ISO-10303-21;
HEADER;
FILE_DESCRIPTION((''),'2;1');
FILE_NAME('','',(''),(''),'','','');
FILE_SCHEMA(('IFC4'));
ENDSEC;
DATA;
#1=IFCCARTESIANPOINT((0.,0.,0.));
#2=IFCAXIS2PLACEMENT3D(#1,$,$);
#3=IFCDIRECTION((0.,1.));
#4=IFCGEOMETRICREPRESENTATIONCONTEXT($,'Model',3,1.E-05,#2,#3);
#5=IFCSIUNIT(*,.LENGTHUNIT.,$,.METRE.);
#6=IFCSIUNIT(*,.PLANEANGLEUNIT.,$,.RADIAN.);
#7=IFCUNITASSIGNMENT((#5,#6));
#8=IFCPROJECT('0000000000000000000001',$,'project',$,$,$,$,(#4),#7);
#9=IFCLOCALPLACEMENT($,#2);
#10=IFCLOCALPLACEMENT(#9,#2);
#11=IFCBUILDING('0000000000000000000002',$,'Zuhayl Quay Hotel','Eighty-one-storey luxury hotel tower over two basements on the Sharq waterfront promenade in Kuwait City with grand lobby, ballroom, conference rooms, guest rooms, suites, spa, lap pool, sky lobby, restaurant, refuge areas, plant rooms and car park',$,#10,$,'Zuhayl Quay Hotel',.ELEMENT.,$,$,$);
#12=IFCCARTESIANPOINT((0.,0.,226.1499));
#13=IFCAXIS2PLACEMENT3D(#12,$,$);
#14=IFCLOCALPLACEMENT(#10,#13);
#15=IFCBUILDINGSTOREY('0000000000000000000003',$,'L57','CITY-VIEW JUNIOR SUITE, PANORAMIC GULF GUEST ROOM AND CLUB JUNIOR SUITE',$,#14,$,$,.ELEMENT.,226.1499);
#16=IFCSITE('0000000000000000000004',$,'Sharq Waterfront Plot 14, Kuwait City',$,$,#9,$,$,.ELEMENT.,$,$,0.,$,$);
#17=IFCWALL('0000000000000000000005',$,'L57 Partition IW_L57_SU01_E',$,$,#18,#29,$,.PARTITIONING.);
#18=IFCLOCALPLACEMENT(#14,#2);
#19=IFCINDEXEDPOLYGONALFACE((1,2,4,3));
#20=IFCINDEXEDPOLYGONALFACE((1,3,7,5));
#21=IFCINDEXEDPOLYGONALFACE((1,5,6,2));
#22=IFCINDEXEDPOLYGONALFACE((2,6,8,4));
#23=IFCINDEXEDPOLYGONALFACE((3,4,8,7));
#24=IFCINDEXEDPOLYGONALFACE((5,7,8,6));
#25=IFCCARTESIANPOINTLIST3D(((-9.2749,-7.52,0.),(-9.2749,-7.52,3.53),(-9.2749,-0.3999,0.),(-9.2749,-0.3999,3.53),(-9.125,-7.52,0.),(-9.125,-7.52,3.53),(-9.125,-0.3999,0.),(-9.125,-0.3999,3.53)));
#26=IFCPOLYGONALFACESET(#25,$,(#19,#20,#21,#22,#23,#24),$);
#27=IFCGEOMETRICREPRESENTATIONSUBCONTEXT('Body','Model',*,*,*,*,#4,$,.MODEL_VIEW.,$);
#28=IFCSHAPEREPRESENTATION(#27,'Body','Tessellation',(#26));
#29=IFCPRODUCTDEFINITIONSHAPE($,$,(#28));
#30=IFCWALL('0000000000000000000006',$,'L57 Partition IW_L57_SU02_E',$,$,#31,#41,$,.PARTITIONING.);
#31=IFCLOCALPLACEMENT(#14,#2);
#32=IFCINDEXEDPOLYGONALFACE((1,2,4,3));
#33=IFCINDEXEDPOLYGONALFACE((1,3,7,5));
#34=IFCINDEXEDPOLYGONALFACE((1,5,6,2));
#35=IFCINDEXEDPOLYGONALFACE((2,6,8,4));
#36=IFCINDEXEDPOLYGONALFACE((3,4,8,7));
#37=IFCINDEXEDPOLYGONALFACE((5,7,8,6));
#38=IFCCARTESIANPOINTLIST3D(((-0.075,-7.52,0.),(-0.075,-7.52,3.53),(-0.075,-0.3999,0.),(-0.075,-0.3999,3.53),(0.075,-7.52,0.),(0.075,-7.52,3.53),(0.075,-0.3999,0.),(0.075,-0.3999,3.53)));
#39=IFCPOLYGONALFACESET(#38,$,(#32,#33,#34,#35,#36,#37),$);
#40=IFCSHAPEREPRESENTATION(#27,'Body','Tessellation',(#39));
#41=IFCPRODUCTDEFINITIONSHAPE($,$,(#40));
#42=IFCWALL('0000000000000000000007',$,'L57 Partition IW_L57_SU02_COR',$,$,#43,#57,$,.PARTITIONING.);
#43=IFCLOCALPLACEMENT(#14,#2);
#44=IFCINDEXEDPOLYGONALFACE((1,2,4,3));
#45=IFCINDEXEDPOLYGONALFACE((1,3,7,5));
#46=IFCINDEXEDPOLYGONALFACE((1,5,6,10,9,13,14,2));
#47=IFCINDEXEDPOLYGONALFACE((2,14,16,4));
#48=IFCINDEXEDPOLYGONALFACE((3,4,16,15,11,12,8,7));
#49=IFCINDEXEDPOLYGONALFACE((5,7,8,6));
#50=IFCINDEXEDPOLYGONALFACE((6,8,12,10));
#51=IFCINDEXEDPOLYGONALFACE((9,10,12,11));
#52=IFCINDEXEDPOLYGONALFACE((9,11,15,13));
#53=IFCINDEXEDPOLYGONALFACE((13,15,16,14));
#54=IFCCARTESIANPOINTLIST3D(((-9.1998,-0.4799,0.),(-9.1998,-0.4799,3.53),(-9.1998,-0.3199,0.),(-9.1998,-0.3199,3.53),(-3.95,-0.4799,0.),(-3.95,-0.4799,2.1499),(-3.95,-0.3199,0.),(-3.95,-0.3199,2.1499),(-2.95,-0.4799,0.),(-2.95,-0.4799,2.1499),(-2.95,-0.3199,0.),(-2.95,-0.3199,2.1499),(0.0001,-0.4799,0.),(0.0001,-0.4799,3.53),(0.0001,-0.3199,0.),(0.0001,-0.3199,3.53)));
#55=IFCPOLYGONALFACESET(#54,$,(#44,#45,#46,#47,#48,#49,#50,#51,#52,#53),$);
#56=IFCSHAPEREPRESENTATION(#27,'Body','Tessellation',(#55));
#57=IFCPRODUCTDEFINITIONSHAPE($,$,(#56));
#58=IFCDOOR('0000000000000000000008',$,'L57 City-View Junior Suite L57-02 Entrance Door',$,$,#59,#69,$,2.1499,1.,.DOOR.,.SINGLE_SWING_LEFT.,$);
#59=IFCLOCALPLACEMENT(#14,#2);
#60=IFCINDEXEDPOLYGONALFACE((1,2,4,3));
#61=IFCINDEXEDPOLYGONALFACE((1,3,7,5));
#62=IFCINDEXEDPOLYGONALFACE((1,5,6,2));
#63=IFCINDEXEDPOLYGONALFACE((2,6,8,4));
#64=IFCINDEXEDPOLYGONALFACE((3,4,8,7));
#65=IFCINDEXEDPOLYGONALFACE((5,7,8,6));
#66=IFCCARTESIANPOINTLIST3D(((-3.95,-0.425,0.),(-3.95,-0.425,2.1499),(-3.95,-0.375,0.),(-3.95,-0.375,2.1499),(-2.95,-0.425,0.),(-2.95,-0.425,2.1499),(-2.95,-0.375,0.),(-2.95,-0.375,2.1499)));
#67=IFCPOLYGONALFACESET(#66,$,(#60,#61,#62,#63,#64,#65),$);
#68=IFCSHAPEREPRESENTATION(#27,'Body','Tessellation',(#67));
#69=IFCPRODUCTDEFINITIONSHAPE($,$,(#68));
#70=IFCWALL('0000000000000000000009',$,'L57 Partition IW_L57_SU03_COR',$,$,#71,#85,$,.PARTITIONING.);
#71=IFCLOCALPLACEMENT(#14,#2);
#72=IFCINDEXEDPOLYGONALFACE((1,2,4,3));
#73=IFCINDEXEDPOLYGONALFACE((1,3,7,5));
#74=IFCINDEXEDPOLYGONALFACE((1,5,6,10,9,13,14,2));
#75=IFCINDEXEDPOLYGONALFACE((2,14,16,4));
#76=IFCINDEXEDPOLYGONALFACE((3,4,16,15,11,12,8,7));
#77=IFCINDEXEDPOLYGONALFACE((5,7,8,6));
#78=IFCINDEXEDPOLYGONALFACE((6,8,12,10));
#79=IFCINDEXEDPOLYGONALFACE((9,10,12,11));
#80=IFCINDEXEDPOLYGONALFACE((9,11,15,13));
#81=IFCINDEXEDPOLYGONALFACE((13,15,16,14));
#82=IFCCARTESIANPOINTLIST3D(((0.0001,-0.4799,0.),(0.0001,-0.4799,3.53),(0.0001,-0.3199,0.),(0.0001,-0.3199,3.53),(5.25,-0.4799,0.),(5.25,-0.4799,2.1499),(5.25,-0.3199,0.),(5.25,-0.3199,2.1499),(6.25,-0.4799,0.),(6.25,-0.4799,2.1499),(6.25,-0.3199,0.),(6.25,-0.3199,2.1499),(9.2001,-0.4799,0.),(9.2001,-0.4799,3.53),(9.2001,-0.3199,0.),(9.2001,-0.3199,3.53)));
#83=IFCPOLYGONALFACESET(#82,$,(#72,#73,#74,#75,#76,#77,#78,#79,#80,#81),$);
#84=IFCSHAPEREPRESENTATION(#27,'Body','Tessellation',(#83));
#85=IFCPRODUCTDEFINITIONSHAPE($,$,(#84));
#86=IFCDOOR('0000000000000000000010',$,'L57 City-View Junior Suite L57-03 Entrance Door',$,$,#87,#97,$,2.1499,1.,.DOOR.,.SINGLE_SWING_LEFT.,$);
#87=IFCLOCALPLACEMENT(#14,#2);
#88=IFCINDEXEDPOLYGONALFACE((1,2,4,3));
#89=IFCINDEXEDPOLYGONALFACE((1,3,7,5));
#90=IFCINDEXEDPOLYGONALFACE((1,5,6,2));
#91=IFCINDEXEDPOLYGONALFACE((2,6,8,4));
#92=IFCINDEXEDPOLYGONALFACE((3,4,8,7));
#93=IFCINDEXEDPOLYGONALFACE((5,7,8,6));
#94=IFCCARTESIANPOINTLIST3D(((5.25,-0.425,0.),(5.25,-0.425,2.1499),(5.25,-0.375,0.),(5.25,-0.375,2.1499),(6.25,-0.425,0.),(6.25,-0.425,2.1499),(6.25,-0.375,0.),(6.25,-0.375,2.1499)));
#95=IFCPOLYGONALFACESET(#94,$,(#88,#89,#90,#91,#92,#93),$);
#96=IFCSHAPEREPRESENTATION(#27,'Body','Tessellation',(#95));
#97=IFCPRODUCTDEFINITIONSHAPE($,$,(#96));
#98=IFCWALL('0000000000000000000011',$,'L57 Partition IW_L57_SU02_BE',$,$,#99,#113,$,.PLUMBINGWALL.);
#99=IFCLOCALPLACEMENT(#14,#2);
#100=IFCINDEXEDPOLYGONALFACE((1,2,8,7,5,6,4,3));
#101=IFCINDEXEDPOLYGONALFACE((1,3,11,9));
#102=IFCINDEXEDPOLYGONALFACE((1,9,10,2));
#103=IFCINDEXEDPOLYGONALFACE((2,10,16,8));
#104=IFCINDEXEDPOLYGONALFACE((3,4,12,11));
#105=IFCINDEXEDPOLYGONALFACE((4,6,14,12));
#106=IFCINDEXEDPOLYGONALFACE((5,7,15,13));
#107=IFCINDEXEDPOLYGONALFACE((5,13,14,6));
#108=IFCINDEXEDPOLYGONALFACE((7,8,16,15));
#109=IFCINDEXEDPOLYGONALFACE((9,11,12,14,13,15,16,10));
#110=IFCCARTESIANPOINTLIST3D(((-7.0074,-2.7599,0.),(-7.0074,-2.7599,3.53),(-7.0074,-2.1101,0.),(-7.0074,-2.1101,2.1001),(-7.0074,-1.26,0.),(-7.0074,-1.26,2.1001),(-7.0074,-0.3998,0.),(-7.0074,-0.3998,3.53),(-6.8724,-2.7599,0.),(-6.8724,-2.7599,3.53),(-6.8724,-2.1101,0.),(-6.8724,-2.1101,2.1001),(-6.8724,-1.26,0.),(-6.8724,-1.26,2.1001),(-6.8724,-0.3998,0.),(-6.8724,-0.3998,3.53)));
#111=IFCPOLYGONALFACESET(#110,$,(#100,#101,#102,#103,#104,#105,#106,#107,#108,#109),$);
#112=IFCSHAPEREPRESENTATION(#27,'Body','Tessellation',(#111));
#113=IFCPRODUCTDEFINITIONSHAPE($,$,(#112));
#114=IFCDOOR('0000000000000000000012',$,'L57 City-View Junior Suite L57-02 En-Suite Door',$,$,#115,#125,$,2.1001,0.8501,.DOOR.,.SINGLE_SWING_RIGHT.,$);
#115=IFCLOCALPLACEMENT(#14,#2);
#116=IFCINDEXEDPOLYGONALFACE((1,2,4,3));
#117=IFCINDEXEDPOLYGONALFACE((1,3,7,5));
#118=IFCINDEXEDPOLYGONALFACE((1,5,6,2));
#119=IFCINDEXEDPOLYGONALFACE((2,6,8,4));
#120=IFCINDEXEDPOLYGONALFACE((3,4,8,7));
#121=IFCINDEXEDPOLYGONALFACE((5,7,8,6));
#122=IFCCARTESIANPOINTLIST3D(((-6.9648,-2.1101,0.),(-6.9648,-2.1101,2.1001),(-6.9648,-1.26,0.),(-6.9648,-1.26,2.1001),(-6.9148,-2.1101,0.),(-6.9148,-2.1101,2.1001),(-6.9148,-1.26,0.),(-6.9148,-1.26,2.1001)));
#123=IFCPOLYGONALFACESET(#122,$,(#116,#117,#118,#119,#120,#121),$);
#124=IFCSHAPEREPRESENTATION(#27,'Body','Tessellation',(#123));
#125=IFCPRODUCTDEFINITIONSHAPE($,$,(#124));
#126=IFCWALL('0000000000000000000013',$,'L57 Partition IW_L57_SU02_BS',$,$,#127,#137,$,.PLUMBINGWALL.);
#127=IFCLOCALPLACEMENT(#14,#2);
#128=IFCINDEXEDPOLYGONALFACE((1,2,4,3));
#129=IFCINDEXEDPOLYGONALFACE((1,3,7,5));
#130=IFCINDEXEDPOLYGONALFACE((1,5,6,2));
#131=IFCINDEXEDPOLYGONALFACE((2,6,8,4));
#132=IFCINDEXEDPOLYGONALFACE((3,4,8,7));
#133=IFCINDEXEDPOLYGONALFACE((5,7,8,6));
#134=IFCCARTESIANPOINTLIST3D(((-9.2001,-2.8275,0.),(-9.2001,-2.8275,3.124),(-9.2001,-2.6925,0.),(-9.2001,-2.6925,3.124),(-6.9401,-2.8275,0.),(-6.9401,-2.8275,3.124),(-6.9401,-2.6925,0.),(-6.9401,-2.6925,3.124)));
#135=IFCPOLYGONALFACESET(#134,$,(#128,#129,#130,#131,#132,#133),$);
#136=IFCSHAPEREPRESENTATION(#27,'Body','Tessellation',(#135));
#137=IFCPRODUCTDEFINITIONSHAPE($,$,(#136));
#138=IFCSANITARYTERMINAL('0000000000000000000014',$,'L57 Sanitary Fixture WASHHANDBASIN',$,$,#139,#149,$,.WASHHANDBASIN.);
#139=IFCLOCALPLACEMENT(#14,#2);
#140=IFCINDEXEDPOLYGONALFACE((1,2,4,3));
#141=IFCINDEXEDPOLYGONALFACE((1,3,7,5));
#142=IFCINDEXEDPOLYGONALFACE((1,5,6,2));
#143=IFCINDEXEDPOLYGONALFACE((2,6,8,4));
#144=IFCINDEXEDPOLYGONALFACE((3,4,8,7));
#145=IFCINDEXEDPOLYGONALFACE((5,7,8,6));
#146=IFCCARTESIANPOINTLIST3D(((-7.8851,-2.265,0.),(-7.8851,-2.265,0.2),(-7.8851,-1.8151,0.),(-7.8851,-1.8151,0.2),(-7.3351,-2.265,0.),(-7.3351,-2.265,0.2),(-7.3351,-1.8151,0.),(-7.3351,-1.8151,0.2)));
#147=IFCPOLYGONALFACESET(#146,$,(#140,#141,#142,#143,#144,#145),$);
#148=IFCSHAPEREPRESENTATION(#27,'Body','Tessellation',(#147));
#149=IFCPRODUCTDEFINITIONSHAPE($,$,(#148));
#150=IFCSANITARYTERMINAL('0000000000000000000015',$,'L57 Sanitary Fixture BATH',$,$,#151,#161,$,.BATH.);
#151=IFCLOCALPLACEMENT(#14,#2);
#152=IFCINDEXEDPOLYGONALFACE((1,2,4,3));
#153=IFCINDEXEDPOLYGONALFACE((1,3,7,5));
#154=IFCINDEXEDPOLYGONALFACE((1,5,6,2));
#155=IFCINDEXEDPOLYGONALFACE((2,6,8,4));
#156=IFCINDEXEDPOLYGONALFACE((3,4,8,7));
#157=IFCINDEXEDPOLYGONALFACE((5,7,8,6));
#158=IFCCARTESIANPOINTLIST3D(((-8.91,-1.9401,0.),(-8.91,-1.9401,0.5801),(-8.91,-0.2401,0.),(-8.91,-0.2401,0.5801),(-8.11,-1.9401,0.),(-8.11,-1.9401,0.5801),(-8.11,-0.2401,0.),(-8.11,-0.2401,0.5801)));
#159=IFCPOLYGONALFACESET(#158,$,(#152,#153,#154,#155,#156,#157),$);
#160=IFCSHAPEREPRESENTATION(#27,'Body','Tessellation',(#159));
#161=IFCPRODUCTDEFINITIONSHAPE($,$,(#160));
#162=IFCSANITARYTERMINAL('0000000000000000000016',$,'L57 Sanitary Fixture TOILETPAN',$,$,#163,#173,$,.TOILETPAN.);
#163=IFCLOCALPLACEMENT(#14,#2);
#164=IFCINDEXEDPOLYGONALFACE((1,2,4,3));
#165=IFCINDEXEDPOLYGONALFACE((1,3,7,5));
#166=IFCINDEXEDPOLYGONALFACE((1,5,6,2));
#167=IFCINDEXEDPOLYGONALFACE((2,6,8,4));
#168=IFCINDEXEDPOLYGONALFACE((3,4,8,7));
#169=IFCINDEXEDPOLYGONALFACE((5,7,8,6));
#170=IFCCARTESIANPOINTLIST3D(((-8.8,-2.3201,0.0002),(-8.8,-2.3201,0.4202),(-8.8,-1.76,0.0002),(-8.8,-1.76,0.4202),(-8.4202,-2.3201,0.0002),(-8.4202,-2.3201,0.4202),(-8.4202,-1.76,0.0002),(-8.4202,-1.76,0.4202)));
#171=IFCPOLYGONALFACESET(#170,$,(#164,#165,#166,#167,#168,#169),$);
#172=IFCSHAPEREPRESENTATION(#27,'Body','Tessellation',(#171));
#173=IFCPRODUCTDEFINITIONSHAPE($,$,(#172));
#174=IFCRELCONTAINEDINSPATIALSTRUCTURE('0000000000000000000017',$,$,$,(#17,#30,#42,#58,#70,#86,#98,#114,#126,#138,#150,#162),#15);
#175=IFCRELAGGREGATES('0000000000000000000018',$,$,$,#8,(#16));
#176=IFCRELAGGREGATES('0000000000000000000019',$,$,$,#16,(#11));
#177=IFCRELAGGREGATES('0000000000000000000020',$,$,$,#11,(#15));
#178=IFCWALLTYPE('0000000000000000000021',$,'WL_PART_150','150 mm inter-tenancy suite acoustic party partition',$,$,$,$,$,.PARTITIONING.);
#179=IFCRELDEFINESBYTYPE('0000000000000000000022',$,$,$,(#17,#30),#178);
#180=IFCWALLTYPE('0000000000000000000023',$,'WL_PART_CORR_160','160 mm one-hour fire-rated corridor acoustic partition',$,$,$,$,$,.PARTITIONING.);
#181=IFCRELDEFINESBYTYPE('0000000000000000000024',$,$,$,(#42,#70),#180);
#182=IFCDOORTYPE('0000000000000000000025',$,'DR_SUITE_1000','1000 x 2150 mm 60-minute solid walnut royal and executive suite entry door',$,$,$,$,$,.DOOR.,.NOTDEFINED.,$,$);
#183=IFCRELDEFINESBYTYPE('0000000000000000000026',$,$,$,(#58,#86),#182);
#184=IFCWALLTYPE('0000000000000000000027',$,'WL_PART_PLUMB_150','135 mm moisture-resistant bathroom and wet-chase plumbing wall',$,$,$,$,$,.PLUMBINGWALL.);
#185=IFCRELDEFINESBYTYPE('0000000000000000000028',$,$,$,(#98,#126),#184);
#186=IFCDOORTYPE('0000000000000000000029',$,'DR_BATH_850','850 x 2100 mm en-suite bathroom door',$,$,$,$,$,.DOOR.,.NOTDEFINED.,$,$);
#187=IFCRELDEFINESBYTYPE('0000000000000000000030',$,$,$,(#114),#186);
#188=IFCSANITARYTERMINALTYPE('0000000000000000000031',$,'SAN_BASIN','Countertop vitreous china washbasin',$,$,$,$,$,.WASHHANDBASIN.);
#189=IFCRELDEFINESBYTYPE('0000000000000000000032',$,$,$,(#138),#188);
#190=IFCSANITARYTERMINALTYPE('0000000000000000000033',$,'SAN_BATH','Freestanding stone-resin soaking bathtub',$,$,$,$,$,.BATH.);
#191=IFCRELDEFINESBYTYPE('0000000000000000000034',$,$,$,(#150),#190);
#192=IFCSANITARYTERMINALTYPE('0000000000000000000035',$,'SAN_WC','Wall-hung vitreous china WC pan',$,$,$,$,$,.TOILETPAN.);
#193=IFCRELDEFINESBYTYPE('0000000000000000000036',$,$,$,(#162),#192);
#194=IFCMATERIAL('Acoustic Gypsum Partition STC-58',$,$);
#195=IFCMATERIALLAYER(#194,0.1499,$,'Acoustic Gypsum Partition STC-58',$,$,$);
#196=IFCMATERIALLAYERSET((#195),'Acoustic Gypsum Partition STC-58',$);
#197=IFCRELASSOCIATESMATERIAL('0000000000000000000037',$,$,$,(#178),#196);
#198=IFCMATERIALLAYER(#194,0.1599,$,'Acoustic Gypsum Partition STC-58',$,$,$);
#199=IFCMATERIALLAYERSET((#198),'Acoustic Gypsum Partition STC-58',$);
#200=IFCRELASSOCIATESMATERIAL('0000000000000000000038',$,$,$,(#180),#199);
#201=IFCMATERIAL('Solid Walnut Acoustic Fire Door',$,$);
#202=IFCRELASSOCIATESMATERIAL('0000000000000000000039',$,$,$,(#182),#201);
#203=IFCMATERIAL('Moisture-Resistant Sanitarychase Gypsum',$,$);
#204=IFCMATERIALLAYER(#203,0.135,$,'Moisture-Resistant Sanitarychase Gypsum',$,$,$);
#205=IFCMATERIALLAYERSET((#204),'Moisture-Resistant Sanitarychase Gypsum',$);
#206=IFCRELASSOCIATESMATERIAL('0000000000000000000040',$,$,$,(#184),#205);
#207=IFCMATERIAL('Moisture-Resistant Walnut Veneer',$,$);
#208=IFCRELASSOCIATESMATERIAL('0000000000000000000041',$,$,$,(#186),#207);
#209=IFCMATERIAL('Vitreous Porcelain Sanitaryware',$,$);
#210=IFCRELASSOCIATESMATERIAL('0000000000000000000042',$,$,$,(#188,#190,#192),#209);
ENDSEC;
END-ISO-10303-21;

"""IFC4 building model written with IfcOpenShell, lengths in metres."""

from ifc_helpers import new_model, si_unit, direction, frame, frame_2d, origin, origin_2d, place, context, subcontext, project, spatial, rectangle, extrude, material, layer, layer_set, type_object, element, fill, save


model = new_model("IFC4")

# Units and contexts
model_context = context("Model", 3, precision=1e-05, world=origin(), true_north=direction((0.0, 1.0)))
body_context = subcontext(model_context, "Body", "Model", "MODEL_VIEW")
ifc_project = project(units=[si_unit("LENGTHUNIT", "METRE"), si_unit("PLANEANGLEUNIT", "RADIAN")], contexts=[model_context])

# Site, building, storey
site_placement = place(None, origin())
site = spatial("IfcSite", under=ifc_project, at=site_placement, Name="Sharq Waterfront Plot 14, Kuwait City", CompositionType="ELEMENT", RefElevation=0.0)
building_placement = place(site_placement, origin())
building = spatial("IfcBuilding", under=site, at=building_placement, Name="Zuhayl Quay Hotel", Description="Eighty-one-storey luxury hotel tower over two basements on the Sharq waterfront promenade in Kuwait City with grand lobby, ballroom, conference rooms, guest rooms, suites, spa, lap pool, sky lobby, restaurant, refuge areas, plant rooms and car park", LongName="Zuhayl Quay Hotel", CompositionType="ELEMENT")
storey_placement = place(building_placement, frame((0.0, 0.0, 226.1499)))
storey = spatial("IfcBuildingStorey", under=building, at=storey_placement, Name="L57", Description="CITY-VIEW JUNIOR SUITE, PANORAMIC GULF GUEST ROOM AND CLUB JUNIOR SUITE", CompositionType="ELEMENT", Elevation=226.1499)

# Walls
ifc_material_1 = material(Name="Acoustic Gypsum Partition STC-58")
ifc_layer_1 = layer(ifc_material_1, 0.1499, Name="Acoustic Gypsum Partition STC-58")
ifc_layer_set_1 = layer_set([ifc_layer_1], Name="Acoustic Gypsum Partition STC-58")
wall_type_1 = type_object("IfcWallType", Name="WL_PART_150", Description="150 mm inter-tenancy suite acoustic party partition", PredefinedType="PARTITIONING", material=ifc_layer_set_1)
for number, where, z_axis, x_axis, name in (
    (1, (-9.2, -7.52, 0.0), (0.0, 0.0, 1.0), (0.0, 1.0, 0.0), "L57 Partition IW_L57_SU01_E"),
    (2, (0.0, -7.52, 0.0), (0.0, 0.0, 1.0), (0.0, 1.0, 0.0), "L57 Partition IW_L57_SU02_E"),
):
    element("IfcWall", number, at=place(storey_placement, frame(where, z_axis=z_axis, x_axis=x_axis)), inside=storey, type_object=wall_type_1, Name=name, PredefinedType="PARTITIONING", context=body_context, shape_type="SweptSolid", body=[
        extrude(rectangle(XDim=7.1201, YDim=0.1499, at=frame_2d((3.5601, 0.0))), origin(), (0.0, 0.0, 1.0), 3.53),
    ])

# Walls, openings, doors
ifc_layer_2 = layer(ifc_material_1, 0.1599, Name="Acoustic Gypsum Partition STC-58")
ifc_layer_set_2 = layer_set([ifc_layer_2], Name="Acoustic Gypsum Partition STC-58")
wall_type_2 = type_object("IfcWallType", Name="WL_PART_CORR_160", Description="160 mm one-hour fire-rated corridor acoustic partition", PredefinedType="PARTITIONING", material=ifc_layer_set_2)
wall_1_placement = place(storey_placement, frame((-9.2, -0.3999, 0.0), z_axis=(0.0, 0.0, 1.0), x_axis=(1.0, 0.0, 0.0)))
wall_1 = element("IfcWall", 3, at=wall_1_placement, inside=storey, type_object=wall_type_2, Name="L57 Partition IW_L57_SU02_COR", PredefinedType="PARTITIONING", context=body_context, shape_type="SweptSolid", body=[
    extrude(rectangle(XDim=9.2, YDim=0.1599, at=frame_2d((4.6001, 0.0))), origin(), (0.0, 0.0, 1.0), 3.53),
])
opening_1_placement = place(wall_1_placement, frame((5.25, 0.0, 0.0)))
opening_1 = element("IfcOpeningElement", 4, at=opening_1_placement, cuts=wall_1, PredefinedType="OPENING", context=body_context, shape_type="SweptSolid", body=[
    extrude(rectangle(XDim=1.0, YDim=2.1499, at=frame_2d((0.5, 1.075))), frame((0.0, 0.0898, 0.0), z_axis=(0.0, -1.0, 0.0), x_axis=(1.0, 0.0, 0.0)), (0.0, 0.0, 1.0), 0.1799),
])
ifc_material_2 = material(Name="Solid Walnut Acoustic Fire Door")
door_type_1 = type_object("IfcDoorType", Name="DR_SUITE_1000", Description="1000 x 2150 mm 60-minute solid walnut royal and executive suite entry door", OperationType="NOTDEFINED", PredefinedType="DOOR", material=ifc_material_2)
door_1_placement = place(opening_1_placement, origin())
door_1 = element("IfcDoor", 5, at=door_1_placement, inside=storey, type_object=door_type_1, Name="L57 City-View Junior Suite L57-02 Entrance Door", OperationType="SINGLE_SWING_LEFT", OverallHeight=2.1499, OverallWidth=1.0, PredefinedType="DOOR", context=body_context, shape_type="SweptSolid", body=[
    extrude(rectangle(XDim=1.0, YDim=2.1499, at=frame_2d((0.5, 1.075))), frame((0.0, 0.0249, 0.0), z_axis=(0.0, -1.0, 0.0), x_axis=(1.0, 0.0, 0.0)), (0.0, 0.0, 1.0), 0.05),
])
fill(opening_1, door_1)
wall_2_placement = place(storey_placement, frame((0.0, -0.3999, 0.0), z_axis=(0.0, 0.0, 1.0), x_axis=(1.0, 0.0, 0.0)))
wall_2 = element("IfcWall", 6, at=wall_2_placement, inside=storey, type_object=wall_type_2, Name="L57 Partition IW_L57_SU03_COR", PredefinedType="PARTITIONING", context=body_context, shape_type="SweptSolid", body=[
    extrude(rectangle(XDim=9.2, YDim=0.1599, at=frame_2d((4.6001, 0.0))), origin(), (0.0, 0.0, 1.0), 3.53),
])
opening_2_placement = place(wall_2_placement, frame((5.25, 0.0, 0.0)))
opening_2 = element("IfcOpeningElement", 7, at=opening_2_placement, cuts=wall_2, PredefinedType="OPENING", context=body_context, shape_type="SweptSolid", body=[
    extrude(rectangle(XDim=1.0, YDim=2.1499, at=frame_2d((0.5, 1.075))), frame((0.0, 0.0898, 0.0), z_axis=(0.0, -1.0, 0.0), x_axis=(1.0, 0.0, 0.0)), (0.0, 0.0, 1.0), 0.1799),
])
door_2_placement = place(opening_2_placement, origin())
door_2 = element("IfcDoor", 8, at=door_2_placement, inside=storey, type_object=door_type_1, Name="L57 City-View Junior Suite L57-03 Entrance Door", OperationType="SINGLE_SWING_LEFT", OverallHeight=2.1499, OverallWidth=1.0, PredefinedType="DOOR", context=body_context, shape_type="SweptSolid", body=[
    extrude(rectangle(XDim=1.0, YDim=2.1499, at=frame_2d((0.5, 1.075))), frame((0.0, 0.0249, 0.0), z_axis=(0.0, -1.0, 0.0), x_axis=(1.0, 0.0, 0.0)), (0.0, 0.0, 1.0), 0.05),
])
fill(opening_2, door_2)
ifc_material_3 = material(Name="Moisture-Resistant Sanitarychase Gypsum")
ifc_layer_3 = layer(ifc_material_3, 0.135, Name="Moisture-Resistant Sanitarychase Gypsum")
ifc_layer_set_3 = layer_set([ifc_layer_3], Name="Moisture-Resistant Sanitarychase Gypsum")
wall_type_3 = type_object("IfcWallType", Name="WL_PART_PLUMB_150", Description="135 mm moisture-resistant bathroom and wet-chase plumbing wall", PredefinedType="PLUMBINGWALL", material=ifc_layer_set_3)
wall_3_placement = place(storey_placement, frame((-6.9399, -2.76, 0.0), z_axis=(0.0, 0.0, 1.0), x_axis=(0.0, 1.0, 0.0)))
wall_3 = element("IfcWall", 9, at=wall_3_placement, inside=storey, type_object=wall_type_3, Name="L57 Partition IW_L57_SU02_BE", PredefinedType="PLUMBINGWALL", context=body_context, shape_type="SweptSolid", body=[
    extrude(rectangle(XDim=2.3601, YDim=0.135, at=frame_2d((1.1802, 0.0))), origin(), (0.0, 0.0, 1.0), 3.53),
])
opening_3_placement = place(wall_3_placement, frame((0.6499, 0.0, 0.0)))
opening_3 = element("IfcOpeningElement", 10, at=opening_3_placement, cuts=wall_3, PredefinedType="OPENING", context=body_context, shape_type="SweptSolid", body=[
    extrude(rectangle(XDim=0.8501, YDim=2.1001, at=frame_2d((0.425, 1.05))), frame((0.0, 0.0774, 0.0), z_axis=(0.0, -1.0, 0.0), x_axis=(1.0, 0.0, 0.0)), (0.0, 0.0, 1.0), 0.155),
])
ifc_material_4 = material(Name="Moisture-Resistant Walnut Veneer")
door_type_2 = type_object("IfcDoorType", Name="DR_BATH_850", Description="850 x 2100 mm en-suite bathroom door", OperationType="NOTDEFINED", PredefinedType="DOOR", material=ifc_material_4)
door_3_placement = place(opening_3_placement, origin())
door_3 = element("IfcDoor", 11, at=door_3_placement, inside=storey, type_object=door_type_2, Name="L57 City-View Junior Suite L57-02 En-Suite Door", OperationType="SINGLE_SWING_RIGHT", OverallHeight=2.1001, OverallWidth=0.8501, PredefinedType="DOOR", context=body_context, shape_type="SweptSolid", body=[
    extrude(rectangle(XDim=0.8501, YDim=2.1001, at=frame_2d((0.425, 1.05))), frame((0.0, 0.0249, 0.0), z_axis=(0.0, -1.0, 0.0), x_axis=(1.0, 0.0, 0.0)), (0.0, 0.0, 1.0), 0.05),
])
fill(opening_3, door_3)

# Wall
wall_4_placement = place(storey_placement, frame((-9.2, -2.76, 0.0), z_axis=(0.0, 0.0, 1.0), x_axis=(1.0, 0.0, 0.0)))
element("IfcWall", 12, at=wall_4_placement, inside=storey, type_object=wall_type_3, Name="L57 Partition IW_L57_SU02_BS", PredefinedType="PLUMBINGWALL", context=body_context, shape_type="SweptSolid", body=[
    extrude(rectangle(XDim=2.26, YDim=0.135, at=frame_2d((1.1299, 0.0))), origin(), (0.0, 0.0, 1.0), 3.124),
])

# Sanitary terminals
ifc_material_5 = material(Name="Vitreous Porcelain Sanitaryware")
sanitary_terminal_type_1 = type_object("IfcSanitaryTerminalType", Name="SAN_BASIN", Description="Countertop vitreous china washbasin", PredefinedType="WASHHANDBASIN", material=ifc_material_5)
sanitary_terminal_1_placement = place(storey_placement, frame((-7.6101, -2.04, 0.0), z_axis=(0.0, 0.0, 1.0), x_axis=(1.0, 0.0, 0.0)))
element("IfcSanitaryTerminal", 13, at=sanitary_terminal_1_placement, inside=storey, type_object=sanitary_terminal_type_1, Name="L57 Sanitary Fixture WASHHANDBASIN", PredefinedType="WASHHANDBASIN", context=body_context, shape_type="SweptSolid", body=[
    extrude(rectangle(XDim=0.55, YDim=0.45, at=origin_2d()), origin(), (0.0, 0.0, 1.0), 0.2),
])
sanitary_terminal_type_2 = type_object("IfcSanitaryTerminalType", Name="SAN_BATH", Description="Freestanding stone-resin soaking bathtub", PredefinedType="BATH", material=ifc_material_5)
sanitary_terminal_2_placement = place(storey_placement, frame((-8.51, -1.0901, 0.0), z_axis=(0.0, 0.0, 1.0), x_axis=(1.0, 0.0, 0.0)))
element("IfcSanitaryTerminal", 14, at=sanitary_terminal_2_placement, inside=storey, type_object=sanitary_terminal_type_2, Name="L57 Sanitary Fixture BATH", PredefinedType="BATH", context=body_context, shape_type="SweptSolid", body=[
    extrude(rectangle(XDim=0.8, YDim=1.7, at=origin_2d()), origin(), (0.0, 0.0, 1.0), 0.5801),
])
sanitary_terminal_type_3 = type_object("IfcSanitaryTerminalType", Name="SAN_WC", Description="Wall-hung vitreous china WC pan", PredefinedType="TOILETPAN", material=ifc_material_5)
sanitary_terminal_3_placement = place(storey_placement, frame((-8.6101, -2.04, 0.0002), z_axis=(0.0, 0.0, 1.0), x_axis=(1.0, 0.0, 0.0)))
element("IfcSanitaryTerminal", 15, at=sanitary_terminal_3_placement, inside=storey, type_object=sanitary_terminal_type_3, Name="L57 Sanitary Fixture TOILETPAN", PredefinedType="TOILETPAN", context=body_context, shape_type="SweptSolid", body=[
    extrude(rectangle(XDim=0.3799, YDim=0.5601, at=origin_2d()), origin(), (0.0, 0.0, 1.0), 0.4199),
])

save(model, "model.ifc")
